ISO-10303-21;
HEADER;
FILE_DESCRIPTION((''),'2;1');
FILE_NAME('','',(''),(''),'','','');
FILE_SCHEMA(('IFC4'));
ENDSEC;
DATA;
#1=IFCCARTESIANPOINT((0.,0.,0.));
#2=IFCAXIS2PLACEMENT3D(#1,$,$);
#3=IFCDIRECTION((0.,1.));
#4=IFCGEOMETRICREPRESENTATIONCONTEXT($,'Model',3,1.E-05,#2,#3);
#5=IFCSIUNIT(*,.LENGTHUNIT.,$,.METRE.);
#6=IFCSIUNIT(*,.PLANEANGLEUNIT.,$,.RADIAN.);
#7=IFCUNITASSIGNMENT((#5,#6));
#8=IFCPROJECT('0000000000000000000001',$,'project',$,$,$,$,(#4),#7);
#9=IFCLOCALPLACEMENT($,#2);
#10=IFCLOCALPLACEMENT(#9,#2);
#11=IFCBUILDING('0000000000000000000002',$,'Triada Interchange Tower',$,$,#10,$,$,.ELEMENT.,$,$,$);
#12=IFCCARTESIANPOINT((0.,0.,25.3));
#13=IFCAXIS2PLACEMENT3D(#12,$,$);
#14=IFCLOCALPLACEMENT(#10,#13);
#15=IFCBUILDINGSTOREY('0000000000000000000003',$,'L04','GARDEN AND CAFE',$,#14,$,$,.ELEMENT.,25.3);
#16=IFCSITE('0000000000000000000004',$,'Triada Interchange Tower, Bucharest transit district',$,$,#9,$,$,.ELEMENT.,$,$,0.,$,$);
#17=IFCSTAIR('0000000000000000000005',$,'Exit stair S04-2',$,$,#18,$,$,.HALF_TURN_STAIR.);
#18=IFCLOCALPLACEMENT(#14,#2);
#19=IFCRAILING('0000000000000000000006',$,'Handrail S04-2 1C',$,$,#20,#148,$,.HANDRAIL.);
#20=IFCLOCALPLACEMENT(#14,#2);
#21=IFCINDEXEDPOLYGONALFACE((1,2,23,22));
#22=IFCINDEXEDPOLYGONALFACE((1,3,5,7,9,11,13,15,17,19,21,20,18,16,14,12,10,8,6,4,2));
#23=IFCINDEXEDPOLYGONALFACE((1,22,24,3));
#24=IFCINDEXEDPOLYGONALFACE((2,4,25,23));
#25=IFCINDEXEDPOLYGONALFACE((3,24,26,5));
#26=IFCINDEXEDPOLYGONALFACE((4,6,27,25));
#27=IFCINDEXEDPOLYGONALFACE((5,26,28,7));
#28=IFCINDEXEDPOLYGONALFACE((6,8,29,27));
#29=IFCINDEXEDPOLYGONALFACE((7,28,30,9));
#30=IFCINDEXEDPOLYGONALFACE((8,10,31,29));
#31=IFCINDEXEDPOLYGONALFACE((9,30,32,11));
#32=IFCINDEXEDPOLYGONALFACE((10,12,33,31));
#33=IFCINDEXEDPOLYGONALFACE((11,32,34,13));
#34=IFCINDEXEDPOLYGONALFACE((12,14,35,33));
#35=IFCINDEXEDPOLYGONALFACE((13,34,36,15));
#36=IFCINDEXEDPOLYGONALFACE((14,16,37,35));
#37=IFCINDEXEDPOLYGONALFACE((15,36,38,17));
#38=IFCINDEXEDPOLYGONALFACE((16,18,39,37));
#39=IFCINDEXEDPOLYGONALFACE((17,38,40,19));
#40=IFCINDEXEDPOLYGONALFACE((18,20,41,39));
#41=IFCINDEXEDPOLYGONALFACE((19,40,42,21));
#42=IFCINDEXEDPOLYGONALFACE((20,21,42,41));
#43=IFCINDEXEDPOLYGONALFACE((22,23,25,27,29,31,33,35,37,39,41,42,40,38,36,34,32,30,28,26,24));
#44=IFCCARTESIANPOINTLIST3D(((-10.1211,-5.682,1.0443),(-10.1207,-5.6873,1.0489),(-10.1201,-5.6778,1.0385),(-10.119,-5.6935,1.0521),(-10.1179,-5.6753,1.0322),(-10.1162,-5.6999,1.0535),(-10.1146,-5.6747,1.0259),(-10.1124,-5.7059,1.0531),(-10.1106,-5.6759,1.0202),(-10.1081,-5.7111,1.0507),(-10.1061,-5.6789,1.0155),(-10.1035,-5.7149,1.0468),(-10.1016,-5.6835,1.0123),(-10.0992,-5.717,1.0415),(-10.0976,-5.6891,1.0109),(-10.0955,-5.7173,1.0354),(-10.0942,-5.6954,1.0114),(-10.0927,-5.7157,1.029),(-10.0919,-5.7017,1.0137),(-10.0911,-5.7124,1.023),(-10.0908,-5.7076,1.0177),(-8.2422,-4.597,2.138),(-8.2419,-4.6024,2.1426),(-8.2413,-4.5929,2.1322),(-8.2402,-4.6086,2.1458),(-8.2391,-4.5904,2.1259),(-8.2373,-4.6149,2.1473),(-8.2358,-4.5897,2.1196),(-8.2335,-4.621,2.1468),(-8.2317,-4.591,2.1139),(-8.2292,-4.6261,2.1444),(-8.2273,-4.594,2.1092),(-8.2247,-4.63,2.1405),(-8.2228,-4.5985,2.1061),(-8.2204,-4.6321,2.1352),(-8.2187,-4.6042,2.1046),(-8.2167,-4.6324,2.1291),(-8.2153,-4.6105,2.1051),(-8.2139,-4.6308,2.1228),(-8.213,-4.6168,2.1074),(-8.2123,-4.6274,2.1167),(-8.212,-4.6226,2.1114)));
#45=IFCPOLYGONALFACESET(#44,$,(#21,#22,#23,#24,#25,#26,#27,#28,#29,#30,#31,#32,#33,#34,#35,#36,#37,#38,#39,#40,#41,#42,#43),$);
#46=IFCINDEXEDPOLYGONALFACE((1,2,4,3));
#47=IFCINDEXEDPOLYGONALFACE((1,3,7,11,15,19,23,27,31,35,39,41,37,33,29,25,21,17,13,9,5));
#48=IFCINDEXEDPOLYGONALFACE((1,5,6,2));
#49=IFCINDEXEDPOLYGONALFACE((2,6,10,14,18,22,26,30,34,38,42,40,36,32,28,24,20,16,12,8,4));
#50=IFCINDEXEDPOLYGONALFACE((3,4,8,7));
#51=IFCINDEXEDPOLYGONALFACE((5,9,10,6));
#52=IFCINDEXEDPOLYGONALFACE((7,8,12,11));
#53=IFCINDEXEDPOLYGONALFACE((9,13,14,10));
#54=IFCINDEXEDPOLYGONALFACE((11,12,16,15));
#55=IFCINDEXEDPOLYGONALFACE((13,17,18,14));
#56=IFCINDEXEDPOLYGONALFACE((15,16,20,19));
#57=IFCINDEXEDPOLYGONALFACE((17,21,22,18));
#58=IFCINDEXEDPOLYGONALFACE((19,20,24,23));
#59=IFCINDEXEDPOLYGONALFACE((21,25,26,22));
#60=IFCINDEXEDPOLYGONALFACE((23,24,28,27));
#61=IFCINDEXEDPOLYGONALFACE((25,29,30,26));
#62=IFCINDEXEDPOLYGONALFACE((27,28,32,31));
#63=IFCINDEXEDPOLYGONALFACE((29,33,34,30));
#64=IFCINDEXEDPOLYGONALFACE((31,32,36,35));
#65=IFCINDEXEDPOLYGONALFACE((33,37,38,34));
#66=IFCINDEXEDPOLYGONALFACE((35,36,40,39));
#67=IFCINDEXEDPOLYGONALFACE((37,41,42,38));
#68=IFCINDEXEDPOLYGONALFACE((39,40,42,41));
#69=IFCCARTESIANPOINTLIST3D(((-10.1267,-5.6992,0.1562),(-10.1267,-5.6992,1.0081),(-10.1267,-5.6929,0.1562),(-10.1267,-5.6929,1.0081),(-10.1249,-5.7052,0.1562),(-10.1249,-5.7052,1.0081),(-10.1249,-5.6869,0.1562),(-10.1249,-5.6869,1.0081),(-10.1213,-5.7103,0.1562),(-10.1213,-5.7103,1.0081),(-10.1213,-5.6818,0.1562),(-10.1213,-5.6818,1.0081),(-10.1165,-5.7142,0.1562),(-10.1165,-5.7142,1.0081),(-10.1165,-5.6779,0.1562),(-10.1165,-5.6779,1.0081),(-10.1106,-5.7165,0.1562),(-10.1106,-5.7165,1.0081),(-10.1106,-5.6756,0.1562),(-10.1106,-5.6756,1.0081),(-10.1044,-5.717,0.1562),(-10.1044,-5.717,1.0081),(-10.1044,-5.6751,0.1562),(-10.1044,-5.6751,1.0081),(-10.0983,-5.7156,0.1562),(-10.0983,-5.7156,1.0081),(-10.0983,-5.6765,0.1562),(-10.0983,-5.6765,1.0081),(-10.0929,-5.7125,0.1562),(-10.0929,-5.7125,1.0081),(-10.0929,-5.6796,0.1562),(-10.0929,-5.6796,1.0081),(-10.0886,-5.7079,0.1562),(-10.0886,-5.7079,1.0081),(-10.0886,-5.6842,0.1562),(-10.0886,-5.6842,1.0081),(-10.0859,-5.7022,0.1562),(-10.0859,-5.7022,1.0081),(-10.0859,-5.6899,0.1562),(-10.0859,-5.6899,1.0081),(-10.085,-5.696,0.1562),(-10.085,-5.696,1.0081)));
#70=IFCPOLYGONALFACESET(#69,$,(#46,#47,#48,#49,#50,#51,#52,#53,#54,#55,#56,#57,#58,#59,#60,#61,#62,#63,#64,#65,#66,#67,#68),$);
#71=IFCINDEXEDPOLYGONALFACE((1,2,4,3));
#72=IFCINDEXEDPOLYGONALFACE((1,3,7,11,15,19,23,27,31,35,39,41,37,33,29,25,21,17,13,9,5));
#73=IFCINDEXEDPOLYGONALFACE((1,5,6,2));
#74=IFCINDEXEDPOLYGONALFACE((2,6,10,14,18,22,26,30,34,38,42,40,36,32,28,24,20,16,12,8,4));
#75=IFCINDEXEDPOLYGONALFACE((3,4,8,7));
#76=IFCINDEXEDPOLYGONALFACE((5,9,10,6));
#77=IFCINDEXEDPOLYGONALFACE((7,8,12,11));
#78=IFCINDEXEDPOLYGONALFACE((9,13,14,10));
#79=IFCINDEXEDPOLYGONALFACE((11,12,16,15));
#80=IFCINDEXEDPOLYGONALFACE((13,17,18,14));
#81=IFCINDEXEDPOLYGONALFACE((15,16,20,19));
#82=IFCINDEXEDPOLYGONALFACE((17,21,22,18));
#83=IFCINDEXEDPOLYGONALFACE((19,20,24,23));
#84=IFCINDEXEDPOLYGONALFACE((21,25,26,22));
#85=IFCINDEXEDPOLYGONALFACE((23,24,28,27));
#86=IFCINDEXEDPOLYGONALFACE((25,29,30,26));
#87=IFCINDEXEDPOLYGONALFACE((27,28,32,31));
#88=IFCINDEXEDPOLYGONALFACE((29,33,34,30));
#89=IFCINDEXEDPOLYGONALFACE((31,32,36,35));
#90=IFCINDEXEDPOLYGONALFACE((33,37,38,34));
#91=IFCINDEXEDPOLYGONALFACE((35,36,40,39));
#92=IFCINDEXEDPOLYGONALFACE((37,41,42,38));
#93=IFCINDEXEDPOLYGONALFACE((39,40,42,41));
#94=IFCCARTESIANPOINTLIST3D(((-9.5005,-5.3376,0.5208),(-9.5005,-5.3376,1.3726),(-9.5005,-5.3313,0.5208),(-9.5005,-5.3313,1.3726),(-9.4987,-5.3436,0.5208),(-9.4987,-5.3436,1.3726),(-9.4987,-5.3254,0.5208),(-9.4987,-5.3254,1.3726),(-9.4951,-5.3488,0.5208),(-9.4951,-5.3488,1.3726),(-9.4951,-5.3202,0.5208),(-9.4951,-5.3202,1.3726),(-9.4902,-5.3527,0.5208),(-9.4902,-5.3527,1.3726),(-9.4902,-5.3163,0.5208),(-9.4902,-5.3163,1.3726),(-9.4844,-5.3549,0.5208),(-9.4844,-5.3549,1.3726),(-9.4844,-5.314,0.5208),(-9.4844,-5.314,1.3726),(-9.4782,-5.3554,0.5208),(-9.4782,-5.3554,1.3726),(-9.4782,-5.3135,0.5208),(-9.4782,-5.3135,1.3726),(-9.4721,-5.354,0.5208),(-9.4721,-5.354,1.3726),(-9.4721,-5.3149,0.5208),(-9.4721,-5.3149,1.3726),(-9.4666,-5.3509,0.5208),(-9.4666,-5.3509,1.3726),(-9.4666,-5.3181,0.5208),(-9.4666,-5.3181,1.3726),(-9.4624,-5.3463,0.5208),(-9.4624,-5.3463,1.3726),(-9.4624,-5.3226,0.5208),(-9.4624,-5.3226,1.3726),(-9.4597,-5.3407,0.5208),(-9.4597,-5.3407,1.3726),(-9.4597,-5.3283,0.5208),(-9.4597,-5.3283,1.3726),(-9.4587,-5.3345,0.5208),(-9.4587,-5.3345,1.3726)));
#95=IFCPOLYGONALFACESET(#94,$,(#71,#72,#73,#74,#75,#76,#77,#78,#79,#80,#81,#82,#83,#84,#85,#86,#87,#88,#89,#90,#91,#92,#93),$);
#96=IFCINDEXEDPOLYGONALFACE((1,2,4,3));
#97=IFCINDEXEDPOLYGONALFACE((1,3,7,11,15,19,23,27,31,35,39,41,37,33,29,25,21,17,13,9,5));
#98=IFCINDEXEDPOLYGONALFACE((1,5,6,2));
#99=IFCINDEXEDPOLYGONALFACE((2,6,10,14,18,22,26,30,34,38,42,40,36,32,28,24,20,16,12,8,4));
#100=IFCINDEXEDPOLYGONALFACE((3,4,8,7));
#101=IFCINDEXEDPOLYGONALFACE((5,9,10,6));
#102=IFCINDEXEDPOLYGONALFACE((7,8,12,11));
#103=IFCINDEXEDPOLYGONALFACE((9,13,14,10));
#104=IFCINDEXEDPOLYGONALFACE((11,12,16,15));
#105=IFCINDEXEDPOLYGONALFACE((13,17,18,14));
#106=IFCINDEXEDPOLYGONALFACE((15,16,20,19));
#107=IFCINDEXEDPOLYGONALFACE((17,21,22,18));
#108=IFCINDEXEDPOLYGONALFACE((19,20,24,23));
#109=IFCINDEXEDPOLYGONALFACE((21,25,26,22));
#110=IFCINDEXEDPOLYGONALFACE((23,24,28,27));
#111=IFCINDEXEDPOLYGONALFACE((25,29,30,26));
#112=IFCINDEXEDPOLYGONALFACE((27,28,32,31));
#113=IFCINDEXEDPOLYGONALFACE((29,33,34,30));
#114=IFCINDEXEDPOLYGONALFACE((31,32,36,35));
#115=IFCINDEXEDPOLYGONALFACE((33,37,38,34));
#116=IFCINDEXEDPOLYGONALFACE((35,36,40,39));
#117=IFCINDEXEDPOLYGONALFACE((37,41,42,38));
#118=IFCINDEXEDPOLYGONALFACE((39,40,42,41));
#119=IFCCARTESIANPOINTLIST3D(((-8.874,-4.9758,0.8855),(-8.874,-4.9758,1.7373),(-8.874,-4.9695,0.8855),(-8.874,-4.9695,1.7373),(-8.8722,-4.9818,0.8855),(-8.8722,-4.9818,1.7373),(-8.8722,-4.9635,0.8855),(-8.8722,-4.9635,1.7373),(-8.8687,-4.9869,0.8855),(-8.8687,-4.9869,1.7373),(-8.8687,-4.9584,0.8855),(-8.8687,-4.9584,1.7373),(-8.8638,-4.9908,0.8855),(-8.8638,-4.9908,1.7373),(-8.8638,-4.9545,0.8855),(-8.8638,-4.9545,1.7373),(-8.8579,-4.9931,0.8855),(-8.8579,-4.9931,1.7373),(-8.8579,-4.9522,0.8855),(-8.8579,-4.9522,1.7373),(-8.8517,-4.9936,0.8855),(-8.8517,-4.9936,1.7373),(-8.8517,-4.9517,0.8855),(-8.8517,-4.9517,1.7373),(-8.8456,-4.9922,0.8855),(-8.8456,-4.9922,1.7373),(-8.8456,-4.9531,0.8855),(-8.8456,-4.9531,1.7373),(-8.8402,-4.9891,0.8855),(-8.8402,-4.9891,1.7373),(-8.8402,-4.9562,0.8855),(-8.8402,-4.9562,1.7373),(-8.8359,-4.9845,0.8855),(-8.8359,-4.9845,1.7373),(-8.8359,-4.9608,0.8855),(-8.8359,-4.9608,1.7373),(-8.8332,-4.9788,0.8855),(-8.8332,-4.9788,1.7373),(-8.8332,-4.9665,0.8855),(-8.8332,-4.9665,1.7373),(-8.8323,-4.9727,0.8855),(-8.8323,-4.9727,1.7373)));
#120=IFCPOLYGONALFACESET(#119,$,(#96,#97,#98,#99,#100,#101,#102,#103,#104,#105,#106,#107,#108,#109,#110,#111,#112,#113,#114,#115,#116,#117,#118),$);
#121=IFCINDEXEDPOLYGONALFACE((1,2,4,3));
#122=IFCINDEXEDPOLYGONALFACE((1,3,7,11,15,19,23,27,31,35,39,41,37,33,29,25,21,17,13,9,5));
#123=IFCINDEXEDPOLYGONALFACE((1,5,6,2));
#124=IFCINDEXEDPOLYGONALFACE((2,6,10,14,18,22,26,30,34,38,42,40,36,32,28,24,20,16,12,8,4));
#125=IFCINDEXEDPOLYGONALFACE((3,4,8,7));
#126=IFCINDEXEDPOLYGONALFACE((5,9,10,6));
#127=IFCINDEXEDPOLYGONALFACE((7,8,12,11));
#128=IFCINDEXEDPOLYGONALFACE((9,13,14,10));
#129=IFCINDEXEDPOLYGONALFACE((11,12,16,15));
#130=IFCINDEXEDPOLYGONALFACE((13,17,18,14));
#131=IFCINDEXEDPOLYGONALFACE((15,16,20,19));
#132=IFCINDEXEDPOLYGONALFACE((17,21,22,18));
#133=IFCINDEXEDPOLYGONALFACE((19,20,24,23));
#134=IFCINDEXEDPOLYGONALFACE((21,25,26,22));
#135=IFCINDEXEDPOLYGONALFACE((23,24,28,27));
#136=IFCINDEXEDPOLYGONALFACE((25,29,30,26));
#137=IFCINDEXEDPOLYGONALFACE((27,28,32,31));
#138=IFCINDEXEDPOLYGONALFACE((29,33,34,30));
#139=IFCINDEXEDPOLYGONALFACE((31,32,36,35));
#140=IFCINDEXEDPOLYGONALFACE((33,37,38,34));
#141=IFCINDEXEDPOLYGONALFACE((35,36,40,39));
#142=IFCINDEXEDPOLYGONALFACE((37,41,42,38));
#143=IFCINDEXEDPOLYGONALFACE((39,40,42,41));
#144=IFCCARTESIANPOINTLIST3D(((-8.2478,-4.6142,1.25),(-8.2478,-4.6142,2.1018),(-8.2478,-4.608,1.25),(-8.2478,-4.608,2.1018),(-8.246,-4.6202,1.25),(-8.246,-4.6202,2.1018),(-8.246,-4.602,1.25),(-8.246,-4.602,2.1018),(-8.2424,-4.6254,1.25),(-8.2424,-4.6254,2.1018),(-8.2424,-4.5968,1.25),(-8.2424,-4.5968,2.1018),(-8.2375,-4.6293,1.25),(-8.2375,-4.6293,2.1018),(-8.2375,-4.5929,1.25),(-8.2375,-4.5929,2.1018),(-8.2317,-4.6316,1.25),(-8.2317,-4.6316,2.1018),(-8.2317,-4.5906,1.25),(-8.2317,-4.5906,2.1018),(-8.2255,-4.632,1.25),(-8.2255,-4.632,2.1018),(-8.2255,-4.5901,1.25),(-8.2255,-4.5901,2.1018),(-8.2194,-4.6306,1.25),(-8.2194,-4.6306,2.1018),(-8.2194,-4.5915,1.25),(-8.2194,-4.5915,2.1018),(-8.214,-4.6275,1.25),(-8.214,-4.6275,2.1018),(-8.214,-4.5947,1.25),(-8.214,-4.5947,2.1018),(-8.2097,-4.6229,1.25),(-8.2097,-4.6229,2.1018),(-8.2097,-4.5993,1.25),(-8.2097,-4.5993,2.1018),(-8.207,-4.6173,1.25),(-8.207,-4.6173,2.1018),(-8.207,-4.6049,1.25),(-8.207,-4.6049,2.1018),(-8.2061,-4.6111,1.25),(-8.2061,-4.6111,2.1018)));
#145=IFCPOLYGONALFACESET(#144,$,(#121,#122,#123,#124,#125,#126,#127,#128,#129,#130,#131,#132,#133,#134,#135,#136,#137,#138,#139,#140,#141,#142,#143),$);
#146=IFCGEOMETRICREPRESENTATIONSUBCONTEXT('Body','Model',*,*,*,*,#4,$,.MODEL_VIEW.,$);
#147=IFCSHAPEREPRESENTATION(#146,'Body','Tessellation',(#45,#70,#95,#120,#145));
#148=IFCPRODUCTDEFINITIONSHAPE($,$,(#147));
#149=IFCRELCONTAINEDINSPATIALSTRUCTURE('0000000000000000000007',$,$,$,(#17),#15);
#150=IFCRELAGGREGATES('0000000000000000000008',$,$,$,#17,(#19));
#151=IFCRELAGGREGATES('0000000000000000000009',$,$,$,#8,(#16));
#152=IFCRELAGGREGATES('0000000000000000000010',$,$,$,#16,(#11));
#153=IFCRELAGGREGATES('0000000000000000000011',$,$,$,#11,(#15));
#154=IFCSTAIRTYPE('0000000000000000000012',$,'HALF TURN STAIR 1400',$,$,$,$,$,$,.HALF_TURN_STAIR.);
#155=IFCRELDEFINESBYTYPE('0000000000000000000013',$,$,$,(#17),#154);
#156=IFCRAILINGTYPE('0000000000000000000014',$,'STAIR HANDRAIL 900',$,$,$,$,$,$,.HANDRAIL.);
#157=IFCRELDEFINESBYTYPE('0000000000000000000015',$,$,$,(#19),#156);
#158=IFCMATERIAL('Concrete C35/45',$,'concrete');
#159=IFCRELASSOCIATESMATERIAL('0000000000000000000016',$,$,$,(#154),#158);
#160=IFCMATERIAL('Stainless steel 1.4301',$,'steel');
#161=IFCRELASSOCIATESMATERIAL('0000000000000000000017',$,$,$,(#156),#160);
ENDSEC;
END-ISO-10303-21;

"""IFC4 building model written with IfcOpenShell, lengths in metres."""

from ifc_helpers import new_model, si_unit, direction, frame, origin, origin_2d, place, context, subcontext, project, spatial, circle, extrude, material, type_object, element, aggregate, save


model = new_model("IFC4")

# Units and contexts
model_context = context("Model", 3, precision=1e-05, world=origin(), true_north=direction((0.0, 1.0)))
body_context = subcontext(model_context, "Body", "Model", "MODEL_VIEW")
ifc_project = project(units=[si_unit("LENGTHUNIT", "METRE"), si_unit("PLANEANGLEUNIT", "RADIAN")], contexts=[model_context])

# Site, building, storey
site_placement = place(None, origin())
site = spatial("IfcSite", under=ifc_project, at=site_placement, Name="Triada Interchange Tower, Bucharest transit district", CompositionType="ELEMENT", RefElevation=0.0)
building_placement = place(site_placement, origin())
building = spatial("IfcBuilding", under=site, at=building_placement, Name="Triada Interchange Tower", CompositionType="ELEMENT")
storey_placement = place(building_placement, frame((0.0, 0.0, 25.3)))
storey = spatial("IfcBuildingStorey", under=building, at=storey_placement, Name="L04", Description="GARDEN AND CAFE", CompositionType="ELEMENT", Elevation=25.3)

# Stair, railing
ifc_material_1 = material(Name="Concrete C35/45", Category="concrete")
stair_type = type_object("IfcStairType", Name="HALF TURN STAIR 1400", PredefinedType="HALF_TURN_STAIR", material=ifc_material_1)
stair_placement = place(storey_placement, origin())
stair = element("IfcStair", 1, at=stair_placement, inside=storey, type_object=stair_type, Name="Exit stair S04-2", PredefinedType="HALF_TURN_STAIR")
ifc_material_2 = material(Name="Stainless steel 1.4301", Category="steel")
railing_type_1 = type_object("IfcRailingType", Name="STAIR HANDRAIL 900", PredefinedType="HANDRAIL", material=ifc_material_2)
railing_1_placement = place(storey_placement, frame((-10.106, -5.696, 0.1562)))
railing_1 = element("IfcRailing", 2, at=railing_1_placement, type_object=railing_type_1, Name="Handrail S04-2 1C", PredefinedType="HANDRAIL", context=body_context, shape_type="SweptSolid", body=[
    extrude(circle(Radius=0.0239, at=origin_2d()), frame((0.0, 0.0, 0.876), z_axis=(0.77329, 0.446531, 0.450148), x_axis=(-0.50006, 0.865991, 0.0)), (0.0, 0.0, 1.0), 2.4297),
    extrude(circle(Radius=0.021, at=origin_2d()), origin(), (0.0, 0.0, 1.0), 0.8518),
    extrude(circle(Radius=0.021, at=origin_2d()), frame((0.6262, 0.3616, 0.3645)), (0.0, 0.0, 1.0), 0.8518),
    extrude(circle(Radius=0.021, at=origin_2d()), frame((1.2527, 0.7234, 0.7292)), (0.0, 0.0, 1.0), 0.8518),
    extrude(circle(Radius=0.021, at=origin_2d()), frame((1.8789, 1.085, 1.0938)), (0.0, 0.0, 1.0), 0.8518),
])
aggregate(stair, [railing_1])

save(model, "model.ifc")
